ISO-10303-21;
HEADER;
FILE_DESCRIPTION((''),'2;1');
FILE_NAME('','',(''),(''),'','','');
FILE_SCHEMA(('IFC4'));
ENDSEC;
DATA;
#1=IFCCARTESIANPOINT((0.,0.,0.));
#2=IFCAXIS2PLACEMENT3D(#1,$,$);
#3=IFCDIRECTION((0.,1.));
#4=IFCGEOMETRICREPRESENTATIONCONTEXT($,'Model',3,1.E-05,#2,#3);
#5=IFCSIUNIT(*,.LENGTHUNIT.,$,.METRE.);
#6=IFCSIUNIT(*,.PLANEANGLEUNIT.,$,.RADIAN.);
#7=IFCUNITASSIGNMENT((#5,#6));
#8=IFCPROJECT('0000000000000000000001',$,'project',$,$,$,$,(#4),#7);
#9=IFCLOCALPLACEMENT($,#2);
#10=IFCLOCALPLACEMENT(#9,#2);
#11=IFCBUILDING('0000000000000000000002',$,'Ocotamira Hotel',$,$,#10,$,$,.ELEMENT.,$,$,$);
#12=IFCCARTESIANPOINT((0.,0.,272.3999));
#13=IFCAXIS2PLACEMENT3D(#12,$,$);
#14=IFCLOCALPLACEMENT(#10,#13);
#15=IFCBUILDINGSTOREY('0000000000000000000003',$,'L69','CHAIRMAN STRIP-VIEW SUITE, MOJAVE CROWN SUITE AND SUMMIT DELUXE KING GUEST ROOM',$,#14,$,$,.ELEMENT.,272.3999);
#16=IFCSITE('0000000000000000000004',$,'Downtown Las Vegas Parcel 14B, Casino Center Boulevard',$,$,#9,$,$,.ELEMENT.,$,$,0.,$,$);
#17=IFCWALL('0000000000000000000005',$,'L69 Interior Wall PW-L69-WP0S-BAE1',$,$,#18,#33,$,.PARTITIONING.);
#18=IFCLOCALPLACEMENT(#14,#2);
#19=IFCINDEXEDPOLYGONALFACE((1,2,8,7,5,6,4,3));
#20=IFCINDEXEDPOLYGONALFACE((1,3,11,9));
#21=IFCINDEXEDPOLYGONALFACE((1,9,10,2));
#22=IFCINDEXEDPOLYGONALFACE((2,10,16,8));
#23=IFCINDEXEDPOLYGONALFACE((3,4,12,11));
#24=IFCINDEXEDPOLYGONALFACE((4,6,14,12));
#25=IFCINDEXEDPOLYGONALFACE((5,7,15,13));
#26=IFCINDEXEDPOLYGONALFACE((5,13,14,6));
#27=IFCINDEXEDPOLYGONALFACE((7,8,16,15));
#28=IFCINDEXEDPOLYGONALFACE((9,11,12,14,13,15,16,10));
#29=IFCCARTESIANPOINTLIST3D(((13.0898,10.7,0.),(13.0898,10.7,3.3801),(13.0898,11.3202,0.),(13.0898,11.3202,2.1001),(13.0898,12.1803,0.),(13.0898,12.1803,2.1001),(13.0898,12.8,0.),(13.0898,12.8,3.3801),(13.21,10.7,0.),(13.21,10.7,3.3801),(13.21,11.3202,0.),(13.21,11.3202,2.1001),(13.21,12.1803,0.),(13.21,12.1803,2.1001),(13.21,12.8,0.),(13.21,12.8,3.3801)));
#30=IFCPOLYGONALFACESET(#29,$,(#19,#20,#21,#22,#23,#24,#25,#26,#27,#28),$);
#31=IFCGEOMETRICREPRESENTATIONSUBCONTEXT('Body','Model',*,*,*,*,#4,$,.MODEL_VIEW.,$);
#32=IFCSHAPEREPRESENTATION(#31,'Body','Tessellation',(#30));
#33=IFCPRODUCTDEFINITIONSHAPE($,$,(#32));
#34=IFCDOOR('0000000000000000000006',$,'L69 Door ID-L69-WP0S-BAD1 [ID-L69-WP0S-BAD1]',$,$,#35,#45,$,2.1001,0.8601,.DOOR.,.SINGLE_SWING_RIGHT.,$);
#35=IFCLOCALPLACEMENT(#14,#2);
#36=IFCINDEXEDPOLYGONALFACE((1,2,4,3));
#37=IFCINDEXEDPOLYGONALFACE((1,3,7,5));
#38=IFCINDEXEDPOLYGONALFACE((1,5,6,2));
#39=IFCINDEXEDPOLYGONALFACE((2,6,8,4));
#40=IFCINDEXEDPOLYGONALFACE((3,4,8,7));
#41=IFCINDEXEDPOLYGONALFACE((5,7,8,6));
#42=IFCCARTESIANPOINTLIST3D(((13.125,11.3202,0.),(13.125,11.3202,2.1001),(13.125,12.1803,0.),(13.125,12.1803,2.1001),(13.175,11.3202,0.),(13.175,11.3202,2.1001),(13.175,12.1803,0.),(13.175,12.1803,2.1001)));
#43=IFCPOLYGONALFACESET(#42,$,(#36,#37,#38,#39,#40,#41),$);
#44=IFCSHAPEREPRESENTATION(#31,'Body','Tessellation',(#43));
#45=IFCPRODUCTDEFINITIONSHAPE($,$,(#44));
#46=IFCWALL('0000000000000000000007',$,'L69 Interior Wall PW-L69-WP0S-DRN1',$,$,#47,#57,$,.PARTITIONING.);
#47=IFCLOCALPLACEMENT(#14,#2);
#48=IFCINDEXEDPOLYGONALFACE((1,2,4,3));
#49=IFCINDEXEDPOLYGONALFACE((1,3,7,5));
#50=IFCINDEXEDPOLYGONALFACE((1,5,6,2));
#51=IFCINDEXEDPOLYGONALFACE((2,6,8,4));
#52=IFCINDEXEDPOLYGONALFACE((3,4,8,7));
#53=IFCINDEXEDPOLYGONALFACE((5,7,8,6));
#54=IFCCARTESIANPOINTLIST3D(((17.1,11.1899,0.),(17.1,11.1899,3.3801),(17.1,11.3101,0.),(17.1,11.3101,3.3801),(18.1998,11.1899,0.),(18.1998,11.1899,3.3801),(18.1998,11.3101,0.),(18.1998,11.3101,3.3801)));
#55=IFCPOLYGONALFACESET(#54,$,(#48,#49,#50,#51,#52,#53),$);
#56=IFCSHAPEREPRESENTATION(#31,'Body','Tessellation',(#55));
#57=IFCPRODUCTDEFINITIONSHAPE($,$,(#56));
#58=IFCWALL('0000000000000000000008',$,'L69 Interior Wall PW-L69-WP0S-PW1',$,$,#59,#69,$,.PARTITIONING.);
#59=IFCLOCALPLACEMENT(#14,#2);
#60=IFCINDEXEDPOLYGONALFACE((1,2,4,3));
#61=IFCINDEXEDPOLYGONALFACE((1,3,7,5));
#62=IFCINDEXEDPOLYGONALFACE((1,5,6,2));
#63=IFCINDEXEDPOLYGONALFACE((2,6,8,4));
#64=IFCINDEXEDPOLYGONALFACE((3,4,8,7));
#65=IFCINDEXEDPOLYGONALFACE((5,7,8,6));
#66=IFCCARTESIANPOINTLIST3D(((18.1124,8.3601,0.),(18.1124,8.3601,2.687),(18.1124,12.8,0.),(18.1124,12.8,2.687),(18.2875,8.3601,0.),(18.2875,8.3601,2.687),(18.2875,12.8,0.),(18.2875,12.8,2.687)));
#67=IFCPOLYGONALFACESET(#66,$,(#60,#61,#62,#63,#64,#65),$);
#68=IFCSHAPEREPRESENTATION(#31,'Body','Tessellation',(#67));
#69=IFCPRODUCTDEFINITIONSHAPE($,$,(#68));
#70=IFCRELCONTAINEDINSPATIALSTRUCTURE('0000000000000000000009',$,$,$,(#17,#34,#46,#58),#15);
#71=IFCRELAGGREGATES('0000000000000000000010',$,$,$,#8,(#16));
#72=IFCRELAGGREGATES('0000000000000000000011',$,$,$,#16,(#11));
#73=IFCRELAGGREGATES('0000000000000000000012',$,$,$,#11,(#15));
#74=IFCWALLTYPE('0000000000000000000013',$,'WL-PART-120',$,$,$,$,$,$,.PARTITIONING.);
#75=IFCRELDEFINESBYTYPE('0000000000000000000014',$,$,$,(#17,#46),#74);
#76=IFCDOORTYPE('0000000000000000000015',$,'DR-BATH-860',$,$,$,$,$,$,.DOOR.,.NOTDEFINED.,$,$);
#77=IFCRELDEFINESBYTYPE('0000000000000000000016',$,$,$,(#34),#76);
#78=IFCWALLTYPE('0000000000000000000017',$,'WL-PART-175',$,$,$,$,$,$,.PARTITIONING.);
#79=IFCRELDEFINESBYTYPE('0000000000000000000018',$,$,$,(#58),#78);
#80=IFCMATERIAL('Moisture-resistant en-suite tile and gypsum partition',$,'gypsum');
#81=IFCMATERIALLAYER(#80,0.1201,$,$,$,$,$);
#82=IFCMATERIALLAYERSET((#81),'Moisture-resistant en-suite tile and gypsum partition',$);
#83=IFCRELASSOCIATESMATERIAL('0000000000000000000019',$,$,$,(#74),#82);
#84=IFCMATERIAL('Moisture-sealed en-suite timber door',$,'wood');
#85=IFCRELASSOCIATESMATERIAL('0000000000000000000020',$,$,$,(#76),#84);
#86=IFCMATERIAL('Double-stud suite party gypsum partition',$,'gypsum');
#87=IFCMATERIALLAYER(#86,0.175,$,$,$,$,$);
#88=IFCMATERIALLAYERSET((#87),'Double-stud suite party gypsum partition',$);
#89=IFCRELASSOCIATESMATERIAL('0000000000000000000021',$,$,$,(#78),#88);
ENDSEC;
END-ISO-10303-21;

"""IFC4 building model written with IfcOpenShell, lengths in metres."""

from ifc_helpers import new_model, si_unit, direction, frame, frame_2d, origin, place, context, subcontext, project, spatial, rectangle, extrude, source, transform, mapped, material, layer, layer_set, type_object, element, fill, save


model = new_model("IFC4")

# Units and contexts
model_context = context("Model", 3, precision=1e-05, world=origin(), true_north=direction((0.0, 1.0)))
body_context = subcontext(model_context, "Body", "Model", "MODEL_VIEW")
ifc_project = project(units=[si_unit("LENGTHUNIT", "METRE"), si_unit("PLANEANGLEUNIT", "RADIAN")], contexts=[model_context])

# Site, building, storey
site_placement = place(None, origin())
site = spatial("IfcSite", under=ifc_project, at=site_placement, Name="Downtown Las Vegas Parcel 14B, Casino Center Boulevard", CompositionType="ELEMENT", RefElevation=0.0)
building_placement = place(site_placement, origin())
building = spatial("IfcBuilding", under=site, at=building_placement, Name="Ocotamira Hotel", CompositionType="ELEMENT")
storey_placement = place(building_placement, frame((0.0, 0.0, 272.3999)))
storey = spatial("IfcBuildingStorey", under=building, at=storey_placement, Name="L69", Description="CHAIRMAN STRIP-VIEW SUITE, MOJAVE CROWN SUITE AND SUMMIT DELUXE KING GUEST ROOM", CompositionType="ELEMENT", Elevation=272.3999)

# Wall, opening, door
ifc_material_1 = material(Name="Moisture-resistant en-suite tile and gypsum partition", Category="gypsum")
ifc_layer_1 = layer(ifc_material_1, 0.1201)
ifc_layer_set_1 = layer_set([ifc_layer_1], Name="Moisture-resistant en-suite tile and gypsum partition")
wall_type_1 = type_object("IfcWallType", Name="WL-PART-120", PredefinedType="PARTITIONING", material=ifc_layer_set_1)
wall_1_placement = place(storey_placement, frame((13.1499, 10.7, 0.0), z_axis=(0.0, 0.0, 1.0), x_axis=(0.0, 1.0, 0.0)))
wall_1 = element("IfcWall", 1, at=wall_1_placement, inside=storey, type_object=wall_type_1, Name="L69 Interior Wall PW-L69-WP0S-BAE1", PredefinedType="PARTITIONING", context=body_context, shape_type="SweptSolid", body=[
    extrude(rectangle(XDim=2.1001, YDim=0.1201, at=frame_2d((1.05, 0.0))), origin(), (0.0, 0.0, 1.0), 3.3801),
])
opening_placement = place(wall_1_placement, frame((0.6201, 0.0, 0.0)))
opening = element("IfcOpeningElement", 2, at=opening_placement, cuts=wall_1, PredefinedType="OPENING", context=body_context, shape_type="SweptSolid", body=[
    extrude(rectangle(XDim=0.8601, YDim=2.1001, at=frame_2d((0.4302, 1.05))), frame((0.0, 0.0701, 0.0), z_axis=(0.0, -1.0, 0.0), x_axis=(1.0, 0.0, 0.0)), (0.0, 0.0, 1.0), 0.1401),
])
ifc_material_2 = material(Name="Moisture-sealed en-suite timber door", Category="wood")
door_type = type_object("IfcDoorType", Name="DR-BATH-860", OperationType="NOTDEFINED", PredefinedType="DOOR", material=ifc_material_2)
shared_shape_1 = source(origin(), body_context, "Body", "SweptSolid", [
    extrude(rectangle(XDim=0.8601, YDim=2.1001, at=frame_2d((0.4302, 1.05))), frame((0.0, 0.0249, 0.0), z_axis=(0.0, -1.0, 0.0), x_axis=(1.0, 0.0, 0.0)), (0.0, 0.0, 1.0), 0.05),
])
door_placement = place(opening_placement, origin())
door = element("IfcDoor", 3, at=door_placement, inside=storey, type_object=door_type, Name="L69 Door ID-L69-WP0S-BAD1 [ID-L69-WP0S-BAD1]", OperationType="SINGLE_SWING_RIGHT", OverallHeight=2.1001, OverallWidth=0.8601, PredefinedType="DOOR", context=body_context, shape_type="MappedRepresentation", body=[
    mapped(shared_shape_1, transform((0.0, 0.0, 0.0), scale=1.0)),
])
fill(opening, door)

# Walls
wall_2_placement = place(storey_placement, frame((17.1001, 11.25, 0.0), z_axis=(0.0, 0.0, 1.0), x_axis=(1.0, 0.0, 0.0)))
element("IfcWall", 4, at=wall_2_placement, inside=storey, type_object=wall_type_1, Name="L69 Interior Wall PW-L69-WP0S-DRN1", PredefinedType="PARTITIONING", context=body_context, shape_type="SweptSolid", body=[
    extrude(rectangle(XDim=1.0999, YDim=0.1201, at=frame_2d((0.5498, 0.0))), origin(), (0.0, 0.0, 1.0), 3.3801),
])
ifc_material_3 = material(Name="Double-stud suite party gypsum partition", Category="gypsum")
ifc_layer_2 = layer(ifc_material_3, 0.175)
ifc_layer_set_2 = layer_set([ifc_layer_2], Name="Double-stud suite party gypsum partition")
wall_type_2 = type_object("IfcWallType", Name="WL-PART-175", PredefinedType="PARTITIONING", material=ifc_layer_set_2)
wall_3_placement = place(storey_placement, frame((18.2, 8.3601, 0.0), z_axis=(0.0, 0.0, 1.0), x_axis=(0.0, 1.0, 0.0)))
element("IfcWall", 5, at=wall_3_placement, inside=storey, type_object=wall_type_2, Name="L69 Interior Wall PW-L69-WP0S-PW1", PredefinedType="PARTITIONING", context=body_context, shape_type="SweptSolid", body=[
    extrude(rectangle(XDim=4.4399, YDim=0.175, at=frame_2d((2.22, 0.0))), origin(), (0.0, 0.0, 1.0), 2.687),
])

save(model, "model.ifc")
